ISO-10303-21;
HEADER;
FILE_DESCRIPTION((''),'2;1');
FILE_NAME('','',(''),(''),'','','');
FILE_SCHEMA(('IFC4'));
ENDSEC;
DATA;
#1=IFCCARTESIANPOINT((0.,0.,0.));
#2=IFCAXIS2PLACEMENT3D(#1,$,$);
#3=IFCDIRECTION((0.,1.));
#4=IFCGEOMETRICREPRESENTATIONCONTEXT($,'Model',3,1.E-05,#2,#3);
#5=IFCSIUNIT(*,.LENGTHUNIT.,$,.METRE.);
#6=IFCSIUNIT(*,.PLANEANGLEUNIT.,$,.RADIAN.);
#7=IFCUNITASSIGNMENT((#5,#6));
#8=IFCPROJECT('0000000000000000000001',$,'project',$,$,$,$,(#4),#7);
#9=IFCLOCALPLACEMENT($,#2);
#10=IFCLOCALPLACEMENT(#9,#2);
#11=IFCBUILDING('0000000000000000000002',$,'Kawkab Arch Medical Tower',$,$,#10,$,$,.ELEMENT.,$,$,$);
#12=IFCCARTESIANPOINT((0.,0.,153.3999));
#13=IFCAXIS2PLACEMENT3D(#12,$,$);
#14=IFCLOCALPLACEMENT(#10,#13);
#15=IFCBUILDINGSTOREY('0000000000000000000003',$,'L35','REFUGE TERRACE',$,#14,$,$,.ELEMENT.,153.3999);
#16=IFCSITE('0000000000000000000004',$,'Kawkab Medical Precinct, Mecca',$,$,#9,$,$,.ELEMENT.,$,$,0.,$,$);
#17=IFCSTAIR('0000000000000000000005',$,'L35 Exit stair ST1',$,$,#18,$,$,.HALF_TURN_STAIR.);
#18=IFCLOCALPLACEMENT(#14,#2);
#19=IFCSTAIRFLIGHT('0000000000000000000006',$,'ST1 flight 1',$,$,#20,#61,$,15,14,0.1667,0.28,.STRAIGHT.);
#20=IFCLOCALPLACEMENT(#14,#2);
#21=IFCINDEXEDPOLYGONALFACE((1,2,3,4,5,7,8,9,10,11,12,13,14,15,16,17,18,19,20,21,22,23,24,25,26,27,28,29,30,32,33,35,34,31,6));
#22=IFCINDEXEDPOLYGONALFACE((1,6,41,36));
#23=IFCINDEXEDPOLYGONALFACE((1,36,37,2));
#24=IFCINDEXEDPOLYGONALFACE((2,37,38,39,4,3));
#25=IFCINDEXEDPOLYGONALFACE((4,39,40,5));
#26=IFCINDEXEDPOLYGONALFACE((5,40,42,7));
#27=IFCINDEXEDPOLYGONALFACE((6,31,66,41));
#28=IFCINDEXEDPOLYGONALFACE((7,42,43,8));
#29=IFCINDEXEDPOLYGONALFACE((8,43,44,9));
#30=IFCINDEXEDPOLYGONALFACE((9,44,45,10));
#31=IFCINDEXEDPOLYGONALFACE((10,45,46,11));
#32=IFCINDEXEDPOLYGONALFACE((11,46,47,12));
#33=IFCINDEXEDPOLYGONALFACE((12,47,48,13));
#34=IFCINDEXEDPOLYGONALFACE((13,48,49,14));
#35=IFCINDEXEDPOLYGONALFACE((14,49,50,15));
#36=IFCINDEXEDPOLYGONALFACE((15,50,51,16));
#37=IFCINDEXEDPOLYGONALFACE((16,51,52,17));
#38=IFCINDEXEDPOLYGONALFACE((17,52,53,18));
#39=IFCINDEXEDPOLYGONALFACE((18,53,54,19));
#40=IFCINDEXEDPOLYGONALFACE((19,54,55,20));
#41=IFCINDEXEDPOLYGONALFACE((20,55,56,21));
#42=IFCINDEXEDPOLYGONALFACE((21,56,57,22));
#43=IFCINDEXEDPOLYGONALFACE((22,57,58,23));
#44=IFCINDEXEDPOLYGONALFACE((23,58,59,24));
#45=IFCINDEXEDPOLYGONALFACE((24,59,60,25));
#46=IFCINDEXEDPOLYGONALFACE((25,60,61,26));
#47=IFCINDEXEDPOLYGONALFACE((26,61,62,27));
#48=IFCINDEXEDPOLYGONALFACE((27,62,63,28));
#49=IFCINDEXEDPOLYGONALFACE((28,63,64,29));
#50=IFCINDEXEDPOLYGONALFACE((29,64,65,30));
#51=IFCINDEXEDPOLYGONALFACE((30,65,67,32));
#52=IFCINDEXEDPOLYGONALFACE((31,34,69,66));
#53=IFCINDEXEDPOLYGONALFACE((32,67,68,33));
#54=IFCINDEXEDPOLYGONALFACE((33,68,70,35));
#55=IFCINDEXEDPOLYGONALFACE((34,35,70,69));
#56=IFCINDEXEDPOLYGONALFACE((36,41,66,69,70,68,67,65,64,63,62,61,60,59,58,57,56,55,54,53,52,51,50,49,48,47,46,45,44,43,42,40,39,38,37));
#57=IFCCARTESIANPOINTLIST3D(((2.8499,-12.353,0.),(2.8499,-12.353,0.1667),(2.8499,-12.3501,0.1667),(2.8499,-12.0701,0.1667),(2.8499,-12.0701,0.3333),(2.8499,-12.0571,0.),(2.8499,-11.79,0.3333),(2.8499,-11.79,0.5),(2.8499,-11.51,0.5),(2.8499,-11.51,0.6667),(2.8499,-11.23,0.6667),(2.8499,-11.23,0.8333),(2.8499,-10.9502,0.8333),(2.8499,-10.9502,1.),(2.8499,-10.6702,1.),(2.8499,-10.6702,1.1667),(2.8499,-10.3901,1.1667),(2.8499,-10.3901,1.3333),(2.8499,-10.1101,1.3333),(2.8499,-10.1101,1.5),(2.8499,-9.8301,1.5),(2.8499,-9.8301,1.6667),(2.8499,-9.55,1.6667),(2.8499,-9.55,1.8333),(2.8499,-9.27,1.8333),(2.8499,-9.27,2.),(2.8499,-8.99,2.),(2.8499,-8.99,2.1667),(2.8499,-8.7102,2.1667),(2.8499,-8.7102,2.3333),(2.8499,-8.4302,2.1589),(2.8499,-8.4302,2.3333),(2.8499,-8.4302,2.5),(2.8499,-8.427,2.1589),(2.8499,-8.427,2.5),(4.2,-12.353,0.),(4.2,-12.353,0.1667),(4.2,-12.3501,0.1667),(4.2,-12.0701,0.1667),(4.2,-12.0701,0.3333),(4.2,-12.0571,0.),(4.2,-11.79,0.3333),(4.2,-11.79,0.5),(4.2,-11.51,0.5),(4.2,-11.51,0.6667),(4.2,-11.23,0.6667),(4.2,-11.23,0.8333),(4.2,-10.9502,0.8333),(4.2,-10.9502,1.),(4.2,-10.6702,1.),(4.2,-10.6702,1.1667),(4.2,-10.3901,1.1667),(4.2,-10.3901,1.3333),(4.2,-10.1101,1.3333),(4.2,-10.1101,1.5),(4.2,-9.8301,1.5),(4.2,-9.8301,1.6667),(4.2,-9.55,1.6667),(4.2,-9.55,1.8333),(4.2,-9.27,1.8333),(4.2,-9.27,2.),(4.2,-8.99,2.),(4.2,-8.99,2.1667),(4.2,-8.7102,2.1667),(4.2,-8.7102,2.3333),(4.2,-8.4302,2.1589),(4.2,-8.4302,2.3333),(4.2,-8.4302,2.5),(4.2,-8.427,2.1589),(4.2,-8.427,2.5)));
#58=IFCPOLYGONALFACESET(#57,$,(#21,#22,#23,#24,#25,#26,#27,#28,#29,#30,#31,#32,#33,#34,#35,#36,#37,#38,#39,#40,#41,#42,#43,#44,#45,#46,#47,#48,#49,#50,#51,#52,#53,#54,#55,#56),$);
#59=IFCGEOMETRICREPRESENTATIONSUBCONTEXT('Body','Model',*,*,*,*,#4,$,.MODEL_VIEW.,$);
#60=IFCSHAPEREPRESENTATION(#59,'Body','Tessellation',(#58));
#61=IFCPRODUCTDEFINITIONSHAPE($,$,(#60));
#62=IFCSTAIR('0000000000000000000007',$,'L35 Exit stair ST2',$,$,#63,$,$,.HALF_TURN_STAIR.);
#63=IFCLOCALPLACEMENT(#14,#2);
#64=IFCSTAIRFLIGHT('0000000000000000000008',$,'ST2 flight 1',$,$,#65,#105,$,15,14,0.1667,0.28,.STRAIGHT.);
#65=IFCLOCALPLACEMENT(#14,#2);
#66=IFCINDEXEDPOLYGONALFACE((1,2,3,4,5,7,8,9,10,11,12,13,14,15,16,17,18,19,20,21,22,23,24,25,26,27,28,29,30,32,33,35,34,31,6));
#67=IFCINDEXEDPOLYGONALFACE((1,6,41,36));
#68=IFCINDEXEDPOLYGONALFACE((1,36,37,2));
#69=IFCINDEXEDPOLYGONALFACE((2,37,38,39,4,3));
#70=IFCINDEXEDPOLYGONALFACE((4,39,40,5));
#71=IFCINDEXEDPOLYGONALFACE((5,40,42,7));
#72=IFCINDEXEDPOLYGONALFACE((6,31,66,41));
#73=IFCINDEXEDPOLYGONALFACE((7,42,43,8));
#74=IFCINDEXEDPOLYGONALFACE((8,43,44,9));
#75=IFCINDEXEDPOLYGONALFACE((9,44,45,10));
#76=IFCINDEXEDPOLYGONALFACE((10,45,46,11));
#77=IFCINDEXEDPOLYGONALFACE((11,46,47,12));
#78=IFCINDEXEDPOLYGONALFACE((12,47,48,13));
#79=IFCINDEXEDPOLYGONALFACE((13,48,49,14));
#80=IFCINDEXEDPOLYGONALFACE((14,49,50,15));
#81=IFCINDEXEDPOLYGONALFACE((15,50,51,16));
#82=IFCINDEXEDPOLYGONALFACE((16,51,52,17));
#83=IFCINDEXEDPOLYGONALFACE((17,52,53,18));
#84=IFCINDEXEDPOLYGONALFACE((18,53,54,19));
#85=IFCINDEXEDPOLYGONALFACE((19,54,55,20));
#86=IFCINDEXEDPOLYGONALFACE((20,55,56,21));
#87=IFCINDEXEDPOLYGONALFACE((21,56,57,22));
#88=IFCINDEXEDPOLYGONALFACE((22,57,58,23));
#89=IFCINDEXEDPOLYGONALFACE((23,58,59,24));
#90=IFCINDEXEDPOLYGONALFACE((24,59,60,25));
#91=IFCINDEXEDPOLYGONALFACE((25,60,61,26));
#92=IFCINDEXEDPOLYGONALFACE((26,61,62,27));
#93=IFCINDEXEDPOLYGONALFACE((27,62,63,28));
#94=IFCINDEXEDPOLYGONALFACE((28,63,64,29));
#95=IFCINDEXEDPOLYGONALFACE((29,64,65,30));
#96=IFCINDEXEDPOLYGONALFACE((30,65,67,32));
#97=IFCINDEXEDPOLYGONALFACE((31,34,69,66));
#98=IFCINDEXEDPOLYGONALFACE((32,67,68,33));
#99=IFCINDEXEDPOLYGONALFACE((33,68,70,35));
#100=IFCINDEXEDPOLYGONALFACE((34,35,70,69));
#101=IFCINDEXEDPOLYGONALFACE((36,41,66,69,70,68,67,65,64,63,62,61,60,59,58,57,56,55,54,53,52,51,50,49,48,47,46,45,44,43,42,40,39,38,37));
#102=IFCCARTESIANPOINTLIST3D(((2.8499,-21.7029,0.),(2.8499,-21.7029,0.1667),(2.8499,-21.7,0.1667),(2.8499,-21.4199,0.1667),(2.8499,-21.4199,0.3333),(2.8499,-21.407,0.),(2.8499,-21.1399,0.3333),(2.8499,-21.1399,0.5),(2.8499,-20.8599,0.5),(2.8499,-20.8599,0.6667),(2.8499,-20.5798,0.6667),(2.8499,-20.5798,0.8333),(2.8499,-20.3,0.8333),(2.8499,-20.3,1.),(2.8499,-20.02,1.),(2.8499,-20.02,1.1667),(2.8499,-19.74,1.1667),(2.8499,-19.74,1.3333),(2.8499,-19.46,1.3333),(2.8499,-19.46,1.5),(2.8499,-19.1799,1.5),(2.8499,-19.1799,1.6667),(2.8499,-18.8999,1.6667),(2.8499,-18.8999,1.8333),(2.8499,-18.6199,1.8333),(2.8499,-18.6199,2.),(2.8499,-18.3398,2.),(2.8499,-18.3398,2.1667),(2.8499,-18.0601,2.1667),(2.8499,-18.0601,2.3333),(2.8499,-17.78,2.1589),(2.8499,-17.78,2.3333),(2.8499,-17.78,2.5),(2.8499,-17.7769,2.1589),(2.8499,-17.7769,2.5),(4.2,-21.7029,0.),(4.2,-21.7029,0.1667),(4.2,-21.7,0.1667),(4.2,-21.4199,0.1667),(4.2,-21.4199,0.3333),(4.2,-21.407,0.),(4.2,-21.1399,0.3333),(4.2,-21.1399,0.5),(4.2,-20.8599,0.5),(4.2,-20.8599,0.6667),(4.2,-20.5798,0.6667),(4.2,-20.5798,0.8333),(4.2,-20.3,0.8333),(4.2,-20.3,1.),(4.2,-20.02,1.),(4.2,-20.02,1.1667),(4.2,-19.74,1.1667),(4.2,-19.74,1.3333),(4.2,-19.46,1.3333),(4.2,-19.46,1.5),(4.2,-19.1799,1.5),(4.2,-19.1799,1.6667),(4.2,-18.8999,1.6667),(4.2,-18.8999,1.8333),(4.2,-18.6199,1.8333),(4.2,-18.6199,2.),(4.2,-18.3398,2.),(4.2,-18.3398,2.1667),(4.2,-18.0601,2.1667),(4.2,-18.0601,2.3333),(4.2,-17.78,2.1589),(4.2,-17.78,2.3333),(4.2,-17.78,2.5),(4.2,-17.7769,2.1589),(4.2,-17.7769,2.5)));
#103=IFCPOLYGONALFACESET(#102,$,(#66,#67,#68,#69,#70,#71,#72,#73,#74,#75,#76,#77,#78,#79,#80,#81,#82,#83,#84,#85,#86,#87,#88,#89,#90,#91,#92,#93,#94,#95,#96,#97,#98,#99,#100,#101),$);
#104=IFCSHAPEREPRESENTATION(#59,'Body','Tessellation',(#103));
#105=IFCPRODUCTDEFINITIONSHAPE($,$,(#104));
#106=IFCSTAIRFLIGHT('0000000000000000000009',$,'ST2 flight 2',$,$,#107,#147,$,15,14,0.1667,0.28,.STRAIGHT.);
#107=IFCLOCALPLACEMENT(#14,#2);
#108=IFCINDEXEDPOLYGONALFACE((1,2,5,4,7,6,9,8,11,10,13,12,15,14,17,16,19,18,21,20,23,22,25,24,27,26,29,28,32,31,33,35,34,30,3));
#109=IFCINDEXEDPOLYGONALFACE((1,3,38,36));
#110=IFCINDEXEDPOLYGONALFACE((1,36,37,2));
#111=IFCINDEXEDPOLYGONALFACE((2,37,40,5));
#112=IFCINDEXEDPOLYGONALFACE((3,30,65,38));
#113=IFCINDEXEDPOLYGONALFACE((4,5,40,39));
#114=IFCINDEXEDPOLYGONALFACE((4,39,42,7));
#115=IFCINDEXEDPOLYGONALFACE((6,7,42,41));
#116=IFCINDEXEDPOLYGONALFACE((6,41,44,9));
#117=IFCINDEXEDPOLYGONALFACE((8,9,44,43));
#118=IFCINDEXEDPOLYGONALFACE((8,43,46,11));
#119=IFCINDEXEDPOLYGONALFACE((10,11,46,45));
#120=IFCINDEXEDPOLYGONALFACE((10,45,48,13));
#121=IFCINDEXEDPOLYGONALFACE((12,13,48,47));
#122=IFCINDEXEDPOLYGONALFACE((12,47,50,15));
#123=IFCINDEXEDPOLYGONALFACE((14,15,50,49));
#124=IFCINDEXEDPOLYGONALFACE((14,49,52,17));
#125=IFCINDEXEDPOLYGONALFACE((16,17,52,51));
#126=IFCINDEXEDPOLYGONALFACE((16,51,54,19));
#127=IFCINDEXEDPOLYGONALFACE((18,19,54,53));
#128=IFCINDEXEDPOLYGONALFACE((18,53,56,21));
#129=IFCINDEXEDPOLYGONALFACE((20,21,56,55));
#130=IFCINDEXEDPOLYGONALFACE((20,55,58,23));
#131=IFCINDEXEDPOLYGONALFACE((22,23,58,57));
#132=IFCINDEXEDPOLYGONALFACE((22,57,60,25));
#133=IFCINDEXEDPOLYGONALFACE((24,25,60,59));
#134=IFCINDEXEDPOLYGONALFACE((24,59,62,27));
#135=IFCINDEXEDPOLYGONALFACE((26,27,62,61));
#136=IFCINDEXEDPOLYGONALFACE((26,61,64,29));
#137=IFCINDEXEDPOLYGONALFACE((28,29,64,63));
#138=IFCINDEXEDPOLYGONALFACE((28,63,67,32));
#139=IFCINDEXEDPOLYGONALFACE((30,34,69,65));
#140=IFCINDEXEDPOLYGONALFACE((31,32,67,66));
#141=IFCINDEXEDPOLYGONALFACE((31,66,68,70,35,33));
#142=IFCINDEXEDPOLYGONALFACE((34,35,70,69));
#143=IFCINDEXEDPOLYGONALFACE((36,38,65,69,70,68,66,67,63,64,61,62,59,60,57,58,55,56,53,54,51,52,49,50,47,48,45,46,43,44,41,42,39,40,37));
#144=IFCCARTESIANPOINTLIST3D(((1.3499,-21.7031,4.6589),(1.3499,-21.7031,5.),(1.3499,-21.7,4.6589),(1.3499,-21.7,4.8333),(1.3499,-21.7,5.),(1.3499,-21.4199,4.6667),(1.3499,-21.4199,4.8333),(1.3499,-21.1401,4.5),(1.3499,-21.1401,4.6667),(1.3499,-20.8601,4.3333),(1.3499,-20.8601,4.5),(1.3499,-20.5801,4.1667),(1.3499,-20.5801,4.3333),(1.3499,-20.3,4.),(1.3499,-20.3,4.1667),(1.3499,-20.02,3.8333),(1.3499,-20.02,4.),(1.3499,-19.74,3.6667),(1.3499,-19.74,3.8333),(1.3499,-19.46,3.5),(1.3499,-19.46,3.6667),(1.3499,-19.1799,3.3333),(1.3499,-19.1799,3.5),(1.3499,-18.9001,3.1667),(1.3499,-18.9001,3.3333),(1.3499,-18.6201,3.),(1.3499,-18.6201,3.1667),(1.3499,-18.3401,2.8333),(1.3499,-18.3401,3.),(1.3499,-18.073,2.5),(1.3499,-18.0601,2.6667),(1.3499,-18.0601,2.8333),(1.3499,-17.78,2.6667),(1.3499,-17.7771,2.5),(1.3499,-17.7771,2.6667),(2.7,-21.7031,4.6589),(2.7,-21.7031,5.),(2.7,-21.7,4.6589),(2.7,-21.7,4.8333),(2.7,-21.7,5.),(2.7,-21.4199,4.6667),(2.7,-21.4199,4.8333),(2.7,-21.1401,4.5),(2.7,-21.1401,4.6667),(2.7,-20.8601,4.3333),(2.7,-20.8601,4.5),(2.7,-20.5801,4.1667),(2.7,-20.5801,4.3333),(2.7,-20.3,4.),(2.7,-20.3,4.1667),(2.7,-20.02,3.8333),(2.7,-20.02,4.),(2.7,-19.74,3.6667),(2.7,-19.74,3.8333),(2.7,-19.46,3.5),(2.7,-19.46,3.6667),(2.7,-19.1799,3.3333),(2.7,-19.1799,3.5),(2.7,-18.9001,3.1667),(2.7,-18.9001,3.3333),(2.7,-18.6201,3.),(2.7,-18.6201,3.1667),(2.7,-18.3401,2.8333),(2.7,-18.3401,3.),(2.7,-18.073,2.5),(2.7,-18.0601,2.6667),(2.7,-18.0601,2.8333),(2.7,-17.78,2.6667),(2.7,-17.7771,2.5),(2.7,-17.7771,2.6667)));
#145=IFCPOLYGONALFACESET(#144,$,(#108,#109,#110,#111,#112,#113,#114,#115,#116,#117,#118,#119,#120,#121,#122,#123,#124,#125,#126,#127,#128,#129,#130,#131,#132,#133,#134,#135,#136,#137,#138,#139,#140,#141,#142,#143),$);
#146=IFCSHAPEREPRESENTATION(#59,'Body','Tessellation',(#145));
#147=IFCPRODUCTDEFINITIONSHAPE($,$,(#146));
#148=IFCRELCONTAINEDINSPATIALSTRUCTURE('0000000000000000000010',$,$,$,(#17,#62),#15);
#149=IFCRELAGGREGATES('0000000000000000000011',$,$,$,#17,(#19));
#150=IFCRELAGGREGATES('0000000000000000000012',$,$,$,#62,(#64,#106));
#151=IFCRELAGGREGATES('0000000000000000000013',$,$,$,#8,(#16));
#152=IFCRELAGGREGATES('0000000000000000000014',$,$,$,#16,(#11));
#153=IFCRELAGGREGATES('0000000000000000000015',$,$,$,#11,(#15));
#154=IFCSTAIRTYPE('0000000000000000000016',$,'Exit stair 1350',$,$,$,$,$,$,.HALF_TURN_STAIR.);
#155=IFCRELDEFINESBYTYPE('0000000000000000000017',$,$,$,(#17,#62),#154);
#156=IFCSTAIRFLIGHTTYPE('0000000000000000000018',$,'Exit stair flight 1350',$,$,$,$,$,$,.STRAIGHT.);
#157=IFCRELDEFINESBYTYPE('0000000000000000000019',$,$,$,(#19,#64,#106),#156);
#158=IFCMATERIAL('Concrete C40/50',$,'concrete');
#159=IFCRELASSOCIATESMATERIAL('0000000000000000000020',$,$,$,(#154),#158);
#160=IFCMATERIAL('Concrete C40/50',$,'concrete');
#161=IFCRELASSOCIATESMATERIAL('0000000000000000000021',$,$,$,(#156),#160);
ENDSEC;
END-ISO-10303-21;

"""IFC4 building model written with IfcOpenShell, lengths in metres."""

from ifc_helpers import new_model, si_unit, direction, frame, origin, place, context, subcontext, project, spatial, polyline, outline, extrude, material, type_object, element, aggregate, save


model = new_model("IFC4")

# Units and contexts
model_context = context("Model", 3, precision=1e-05, world=origin(), true_north=direction((0.0, 1.0)))
body_context = subcontext(model_context, "Body", "Model", "MODEL_VIEW")
ifc_project = project(units=[si_unit("LENGTHUNIT", "METRE"), si_unit("PLANEANGLEUNIT", "RADIAN")], contexts=[model_context])

# Site, building, storey
site_placement = place(None, origin())
site = spatial("IfcSite", under=ifc_project, at=site_placement, Name="Kawkab Medical Precinct, Mecca", CompositionType="ELEMENT", RefElevation=0.0)
building_placement = place(site_placement, origin())
building = spatial("IfcBuilding", under=site, at=building_placement, Name="Kawkab Arch Medical Tower", CompositionType="ELEMENT")
storey_placement = place(building_placement, frame((0.0, 0.0, 153.3999)))
storey = spatial("IfcBuildingStorey", under=building, at=storey_placement, Name="L35", Description="REFUGE TERRACE", CompositionType="ELEMENT", Elevation=153.3999)

# Stair, stair flight
ifc_material_1 = material(Name="Concrete C40/50", Category="concrete")
stair_type = type_object("IfcStairType", Name="Exit stair 1350", PredefinedType="HALF_TURN_STAIR", material=ifc_material_1)
placement = place(storey_placement, origin())
stair_1 = element("IfcStair", 1, at=placement, inside=storey, type_object=stair_type, Name="L35 Exit stair ST1", PredefinedType="HALF_TURN_STAIR")
ifc_material_2 = material(Name="Concrete C40/50", Category="concrete")
stair_flight_type = type_object("IfcStairFlightType", Name="Exit stair flight 1350", PredefinedType="STRAIGHT", material=ifc_material_2)
stair_flight_1_placement = place(storey_placement, frame((3.5249, -12.3501, 0.0), z_axis=(0.0, 0.0, 1.0), x_axis=(0.0, 1.0, 0.0)))
stair_flight_1 = element("IfcStairFlight", 2, at=stair_flight_1_placement, type_object=stair_flight_type, Name="ST1 flight 1", NumberOfRisers=15, NumberOfTreads=14, PredefinedType="STRAIGHT", RiserHeight=0.1667, TreadLength=0.28, context=body_context, shape_type="SweptSolid", body=[
    extrude(outline(polyline([(-0.0029, 0.0), (-0.0029, 0.1667), (0.0, 0.1667), (0.28, 0.1667), (0.28, 0.3333), (0.5601, 0.3333), (0.5601, 0.5), (0.8401, 0.5), (0.8401, 0.6667), (1.1201, 0.6667), (1.1201, 0.8333), (1.3999, 0.8333), (1.3999, 1.0), (1.6799, 1.0), (1.6799, 1.1667), (1.96, 1.1667), (1.96, 1.3333), (2.24, 1.3333), (2.24, 1.5), (2.52, 1.5), (2.52, 1.6667), (2.8, 1.6667), (2.8, 1.8333), (3.0801, 1.8333), (3.0801, 2.0), (3.3601, 2.0), (3.3601, 2.1667), (3.6399, 2.1667), (3.6399, 2.3333), (3.9199, 2.3333), (3.9199, 2.5), (3.9231, 2.5), (3.9231, 2.1589), (3.9199, 2.1589), (0.293, 0.0), (-0.0029, 0.0)])), frame((0.0, 0.675, 0.0), z_axis=(0.0, -1.0, 0.0), x_axis=(1.0, 0.0, 0.0)), (0.0, 0.0, 1.0), 1.3501),
])
aggregate(stair_1, [stair_flight_1])

# Stair, stair flights
stair_2 = element("IfcStair", 3, at=placement, inside=storey, type_object=stair_type, Name="L35 Exit stair ST2", PredefinedType="HALF_TURN_STAIR")
stair_flight_2_placement = place(storey_placement, frame((3.5249, -21.7, 0.0), z_axis=(0.0, 0.0, 1.0), x_axis=(0.0, 1.0, 0.0)))
stair_flight_2 = element("IfcStairFlight", 4, at=stair_flight_2_placement, type_object=stair_flight_type, Name="ST2 flight 1", NumberOfRisers=15, NumberOfTreads=14, PredefinedType="STRAIGHT", RiserHeight=0.1667, TreadLength=0.28, context=body_context, shape_type="SweptSolid", body=[
    extrude(outline(polyline([(-0.0029, 0.0), (-0.0029, 0.1667), (0.0, 0.1667), (0.28, 0.1667), (0.28, 0.3333), (0.5601, 0.3333), (0.5601, 0.5), (0.8401, 0.5), (0.8401, 0.6667), (1.1201, 0.6667), (1.1201, 0.8333), (1.3999, 0.8333), (1.3999, 1.0), (1.6799, 1.0), (1.6799, 1.1667), (1.96, 1.1667), (1.96, 1.3333), (2.24, 1.3333), (2.24, 1.5), (2.52, 1.5), (2.52, 1.6667), (2.8, 1.6667), (2.8, 1.8333), (3.0801, 1.8333), (3.0801, 2.0), (3.3601, 2.0), (3.3601, 2.1667), (3.6399, 2.1667), (3.6399, 2.3333), (3.9199, 2.3333), (3.9199, 2.5), (3.9231, 2.5), (3.9231, 2.1589), (3.9199, 2.1589), (0.293, 0.0), (-0.0029, 0.0)])), frame((0.0, 0.675, 0.0), z_axis=(0.0, -1.0, 0.0), x_axis=(1.0, 0.0, 0.0)), (0.0, 0.0, 1.0), 1.3501),
])
stair_flight_3_placement = place(storey_placement, frame((2.0249, -17.78, 2.5), z_axis=(0.0, 0.0, 1.0), x_axis=(0.0, -1.0, 0.0)))
stair_flight_3 = element("IfcStairFlight", 5, at=stair_flight_3_placement, type_object=stair_flight_type, Name="ST2 flight 2", NumberOfRisers=15, NumberOfTreads=14, PredefinedType="STRAIGHT", RiserHeight=0.1667, TreadLength=0.28, context=body_context, shape_type="SweptSolid", body=[
    extrude(outline(polyline([(-0.0029, 0.0), (-0.0029, 0.1667), (0.0, 0.1667), (0.28, 0.1667), (0.28, 0.3333), (0.5601, 0.3333), (0.5601, 0.5), (0.8401, 0.5), (0.8401, 0.6667), (1.1201, 0.6667), (1.1201, 0.8333), (1.3999, 0.8333), (1.3999, 1.0), (1.6799, 1.0), (1.6799, 1.1667), (1.96, 1.1667), (1.96, 1.3333), (2.24, 1.3333), (2.24, 1.5), (2.52, 1.5), (2.52, 1.6667), (2.8, 1.6667), (2.8, 1.8333), (3.0801, 1.8333), (3.0801, 2.0), (3.3601, 2.0), (3.3601, 2.1667), (3.6399, 2.1667), (3.6399, 2.3333), (3.9199, 2.3333), (3.9199, 2.5), (3.9231, 2.5), (3.9231, 2.1589), (3.9199, 2.1589), (0.293, 0.0), (-0.0029, 0.0)])), frame((0.0, 0.675, 0.0), z_axis=(0.0, -1.0, 0.0), x_axis=(1.0, 0.0, 0.0)), (0.0, 0.0, 1.0), 1.3501),
])
aggregate(stair_2, [stair_flight_2, stair_flight_3])

save(model, "model.ifc")
